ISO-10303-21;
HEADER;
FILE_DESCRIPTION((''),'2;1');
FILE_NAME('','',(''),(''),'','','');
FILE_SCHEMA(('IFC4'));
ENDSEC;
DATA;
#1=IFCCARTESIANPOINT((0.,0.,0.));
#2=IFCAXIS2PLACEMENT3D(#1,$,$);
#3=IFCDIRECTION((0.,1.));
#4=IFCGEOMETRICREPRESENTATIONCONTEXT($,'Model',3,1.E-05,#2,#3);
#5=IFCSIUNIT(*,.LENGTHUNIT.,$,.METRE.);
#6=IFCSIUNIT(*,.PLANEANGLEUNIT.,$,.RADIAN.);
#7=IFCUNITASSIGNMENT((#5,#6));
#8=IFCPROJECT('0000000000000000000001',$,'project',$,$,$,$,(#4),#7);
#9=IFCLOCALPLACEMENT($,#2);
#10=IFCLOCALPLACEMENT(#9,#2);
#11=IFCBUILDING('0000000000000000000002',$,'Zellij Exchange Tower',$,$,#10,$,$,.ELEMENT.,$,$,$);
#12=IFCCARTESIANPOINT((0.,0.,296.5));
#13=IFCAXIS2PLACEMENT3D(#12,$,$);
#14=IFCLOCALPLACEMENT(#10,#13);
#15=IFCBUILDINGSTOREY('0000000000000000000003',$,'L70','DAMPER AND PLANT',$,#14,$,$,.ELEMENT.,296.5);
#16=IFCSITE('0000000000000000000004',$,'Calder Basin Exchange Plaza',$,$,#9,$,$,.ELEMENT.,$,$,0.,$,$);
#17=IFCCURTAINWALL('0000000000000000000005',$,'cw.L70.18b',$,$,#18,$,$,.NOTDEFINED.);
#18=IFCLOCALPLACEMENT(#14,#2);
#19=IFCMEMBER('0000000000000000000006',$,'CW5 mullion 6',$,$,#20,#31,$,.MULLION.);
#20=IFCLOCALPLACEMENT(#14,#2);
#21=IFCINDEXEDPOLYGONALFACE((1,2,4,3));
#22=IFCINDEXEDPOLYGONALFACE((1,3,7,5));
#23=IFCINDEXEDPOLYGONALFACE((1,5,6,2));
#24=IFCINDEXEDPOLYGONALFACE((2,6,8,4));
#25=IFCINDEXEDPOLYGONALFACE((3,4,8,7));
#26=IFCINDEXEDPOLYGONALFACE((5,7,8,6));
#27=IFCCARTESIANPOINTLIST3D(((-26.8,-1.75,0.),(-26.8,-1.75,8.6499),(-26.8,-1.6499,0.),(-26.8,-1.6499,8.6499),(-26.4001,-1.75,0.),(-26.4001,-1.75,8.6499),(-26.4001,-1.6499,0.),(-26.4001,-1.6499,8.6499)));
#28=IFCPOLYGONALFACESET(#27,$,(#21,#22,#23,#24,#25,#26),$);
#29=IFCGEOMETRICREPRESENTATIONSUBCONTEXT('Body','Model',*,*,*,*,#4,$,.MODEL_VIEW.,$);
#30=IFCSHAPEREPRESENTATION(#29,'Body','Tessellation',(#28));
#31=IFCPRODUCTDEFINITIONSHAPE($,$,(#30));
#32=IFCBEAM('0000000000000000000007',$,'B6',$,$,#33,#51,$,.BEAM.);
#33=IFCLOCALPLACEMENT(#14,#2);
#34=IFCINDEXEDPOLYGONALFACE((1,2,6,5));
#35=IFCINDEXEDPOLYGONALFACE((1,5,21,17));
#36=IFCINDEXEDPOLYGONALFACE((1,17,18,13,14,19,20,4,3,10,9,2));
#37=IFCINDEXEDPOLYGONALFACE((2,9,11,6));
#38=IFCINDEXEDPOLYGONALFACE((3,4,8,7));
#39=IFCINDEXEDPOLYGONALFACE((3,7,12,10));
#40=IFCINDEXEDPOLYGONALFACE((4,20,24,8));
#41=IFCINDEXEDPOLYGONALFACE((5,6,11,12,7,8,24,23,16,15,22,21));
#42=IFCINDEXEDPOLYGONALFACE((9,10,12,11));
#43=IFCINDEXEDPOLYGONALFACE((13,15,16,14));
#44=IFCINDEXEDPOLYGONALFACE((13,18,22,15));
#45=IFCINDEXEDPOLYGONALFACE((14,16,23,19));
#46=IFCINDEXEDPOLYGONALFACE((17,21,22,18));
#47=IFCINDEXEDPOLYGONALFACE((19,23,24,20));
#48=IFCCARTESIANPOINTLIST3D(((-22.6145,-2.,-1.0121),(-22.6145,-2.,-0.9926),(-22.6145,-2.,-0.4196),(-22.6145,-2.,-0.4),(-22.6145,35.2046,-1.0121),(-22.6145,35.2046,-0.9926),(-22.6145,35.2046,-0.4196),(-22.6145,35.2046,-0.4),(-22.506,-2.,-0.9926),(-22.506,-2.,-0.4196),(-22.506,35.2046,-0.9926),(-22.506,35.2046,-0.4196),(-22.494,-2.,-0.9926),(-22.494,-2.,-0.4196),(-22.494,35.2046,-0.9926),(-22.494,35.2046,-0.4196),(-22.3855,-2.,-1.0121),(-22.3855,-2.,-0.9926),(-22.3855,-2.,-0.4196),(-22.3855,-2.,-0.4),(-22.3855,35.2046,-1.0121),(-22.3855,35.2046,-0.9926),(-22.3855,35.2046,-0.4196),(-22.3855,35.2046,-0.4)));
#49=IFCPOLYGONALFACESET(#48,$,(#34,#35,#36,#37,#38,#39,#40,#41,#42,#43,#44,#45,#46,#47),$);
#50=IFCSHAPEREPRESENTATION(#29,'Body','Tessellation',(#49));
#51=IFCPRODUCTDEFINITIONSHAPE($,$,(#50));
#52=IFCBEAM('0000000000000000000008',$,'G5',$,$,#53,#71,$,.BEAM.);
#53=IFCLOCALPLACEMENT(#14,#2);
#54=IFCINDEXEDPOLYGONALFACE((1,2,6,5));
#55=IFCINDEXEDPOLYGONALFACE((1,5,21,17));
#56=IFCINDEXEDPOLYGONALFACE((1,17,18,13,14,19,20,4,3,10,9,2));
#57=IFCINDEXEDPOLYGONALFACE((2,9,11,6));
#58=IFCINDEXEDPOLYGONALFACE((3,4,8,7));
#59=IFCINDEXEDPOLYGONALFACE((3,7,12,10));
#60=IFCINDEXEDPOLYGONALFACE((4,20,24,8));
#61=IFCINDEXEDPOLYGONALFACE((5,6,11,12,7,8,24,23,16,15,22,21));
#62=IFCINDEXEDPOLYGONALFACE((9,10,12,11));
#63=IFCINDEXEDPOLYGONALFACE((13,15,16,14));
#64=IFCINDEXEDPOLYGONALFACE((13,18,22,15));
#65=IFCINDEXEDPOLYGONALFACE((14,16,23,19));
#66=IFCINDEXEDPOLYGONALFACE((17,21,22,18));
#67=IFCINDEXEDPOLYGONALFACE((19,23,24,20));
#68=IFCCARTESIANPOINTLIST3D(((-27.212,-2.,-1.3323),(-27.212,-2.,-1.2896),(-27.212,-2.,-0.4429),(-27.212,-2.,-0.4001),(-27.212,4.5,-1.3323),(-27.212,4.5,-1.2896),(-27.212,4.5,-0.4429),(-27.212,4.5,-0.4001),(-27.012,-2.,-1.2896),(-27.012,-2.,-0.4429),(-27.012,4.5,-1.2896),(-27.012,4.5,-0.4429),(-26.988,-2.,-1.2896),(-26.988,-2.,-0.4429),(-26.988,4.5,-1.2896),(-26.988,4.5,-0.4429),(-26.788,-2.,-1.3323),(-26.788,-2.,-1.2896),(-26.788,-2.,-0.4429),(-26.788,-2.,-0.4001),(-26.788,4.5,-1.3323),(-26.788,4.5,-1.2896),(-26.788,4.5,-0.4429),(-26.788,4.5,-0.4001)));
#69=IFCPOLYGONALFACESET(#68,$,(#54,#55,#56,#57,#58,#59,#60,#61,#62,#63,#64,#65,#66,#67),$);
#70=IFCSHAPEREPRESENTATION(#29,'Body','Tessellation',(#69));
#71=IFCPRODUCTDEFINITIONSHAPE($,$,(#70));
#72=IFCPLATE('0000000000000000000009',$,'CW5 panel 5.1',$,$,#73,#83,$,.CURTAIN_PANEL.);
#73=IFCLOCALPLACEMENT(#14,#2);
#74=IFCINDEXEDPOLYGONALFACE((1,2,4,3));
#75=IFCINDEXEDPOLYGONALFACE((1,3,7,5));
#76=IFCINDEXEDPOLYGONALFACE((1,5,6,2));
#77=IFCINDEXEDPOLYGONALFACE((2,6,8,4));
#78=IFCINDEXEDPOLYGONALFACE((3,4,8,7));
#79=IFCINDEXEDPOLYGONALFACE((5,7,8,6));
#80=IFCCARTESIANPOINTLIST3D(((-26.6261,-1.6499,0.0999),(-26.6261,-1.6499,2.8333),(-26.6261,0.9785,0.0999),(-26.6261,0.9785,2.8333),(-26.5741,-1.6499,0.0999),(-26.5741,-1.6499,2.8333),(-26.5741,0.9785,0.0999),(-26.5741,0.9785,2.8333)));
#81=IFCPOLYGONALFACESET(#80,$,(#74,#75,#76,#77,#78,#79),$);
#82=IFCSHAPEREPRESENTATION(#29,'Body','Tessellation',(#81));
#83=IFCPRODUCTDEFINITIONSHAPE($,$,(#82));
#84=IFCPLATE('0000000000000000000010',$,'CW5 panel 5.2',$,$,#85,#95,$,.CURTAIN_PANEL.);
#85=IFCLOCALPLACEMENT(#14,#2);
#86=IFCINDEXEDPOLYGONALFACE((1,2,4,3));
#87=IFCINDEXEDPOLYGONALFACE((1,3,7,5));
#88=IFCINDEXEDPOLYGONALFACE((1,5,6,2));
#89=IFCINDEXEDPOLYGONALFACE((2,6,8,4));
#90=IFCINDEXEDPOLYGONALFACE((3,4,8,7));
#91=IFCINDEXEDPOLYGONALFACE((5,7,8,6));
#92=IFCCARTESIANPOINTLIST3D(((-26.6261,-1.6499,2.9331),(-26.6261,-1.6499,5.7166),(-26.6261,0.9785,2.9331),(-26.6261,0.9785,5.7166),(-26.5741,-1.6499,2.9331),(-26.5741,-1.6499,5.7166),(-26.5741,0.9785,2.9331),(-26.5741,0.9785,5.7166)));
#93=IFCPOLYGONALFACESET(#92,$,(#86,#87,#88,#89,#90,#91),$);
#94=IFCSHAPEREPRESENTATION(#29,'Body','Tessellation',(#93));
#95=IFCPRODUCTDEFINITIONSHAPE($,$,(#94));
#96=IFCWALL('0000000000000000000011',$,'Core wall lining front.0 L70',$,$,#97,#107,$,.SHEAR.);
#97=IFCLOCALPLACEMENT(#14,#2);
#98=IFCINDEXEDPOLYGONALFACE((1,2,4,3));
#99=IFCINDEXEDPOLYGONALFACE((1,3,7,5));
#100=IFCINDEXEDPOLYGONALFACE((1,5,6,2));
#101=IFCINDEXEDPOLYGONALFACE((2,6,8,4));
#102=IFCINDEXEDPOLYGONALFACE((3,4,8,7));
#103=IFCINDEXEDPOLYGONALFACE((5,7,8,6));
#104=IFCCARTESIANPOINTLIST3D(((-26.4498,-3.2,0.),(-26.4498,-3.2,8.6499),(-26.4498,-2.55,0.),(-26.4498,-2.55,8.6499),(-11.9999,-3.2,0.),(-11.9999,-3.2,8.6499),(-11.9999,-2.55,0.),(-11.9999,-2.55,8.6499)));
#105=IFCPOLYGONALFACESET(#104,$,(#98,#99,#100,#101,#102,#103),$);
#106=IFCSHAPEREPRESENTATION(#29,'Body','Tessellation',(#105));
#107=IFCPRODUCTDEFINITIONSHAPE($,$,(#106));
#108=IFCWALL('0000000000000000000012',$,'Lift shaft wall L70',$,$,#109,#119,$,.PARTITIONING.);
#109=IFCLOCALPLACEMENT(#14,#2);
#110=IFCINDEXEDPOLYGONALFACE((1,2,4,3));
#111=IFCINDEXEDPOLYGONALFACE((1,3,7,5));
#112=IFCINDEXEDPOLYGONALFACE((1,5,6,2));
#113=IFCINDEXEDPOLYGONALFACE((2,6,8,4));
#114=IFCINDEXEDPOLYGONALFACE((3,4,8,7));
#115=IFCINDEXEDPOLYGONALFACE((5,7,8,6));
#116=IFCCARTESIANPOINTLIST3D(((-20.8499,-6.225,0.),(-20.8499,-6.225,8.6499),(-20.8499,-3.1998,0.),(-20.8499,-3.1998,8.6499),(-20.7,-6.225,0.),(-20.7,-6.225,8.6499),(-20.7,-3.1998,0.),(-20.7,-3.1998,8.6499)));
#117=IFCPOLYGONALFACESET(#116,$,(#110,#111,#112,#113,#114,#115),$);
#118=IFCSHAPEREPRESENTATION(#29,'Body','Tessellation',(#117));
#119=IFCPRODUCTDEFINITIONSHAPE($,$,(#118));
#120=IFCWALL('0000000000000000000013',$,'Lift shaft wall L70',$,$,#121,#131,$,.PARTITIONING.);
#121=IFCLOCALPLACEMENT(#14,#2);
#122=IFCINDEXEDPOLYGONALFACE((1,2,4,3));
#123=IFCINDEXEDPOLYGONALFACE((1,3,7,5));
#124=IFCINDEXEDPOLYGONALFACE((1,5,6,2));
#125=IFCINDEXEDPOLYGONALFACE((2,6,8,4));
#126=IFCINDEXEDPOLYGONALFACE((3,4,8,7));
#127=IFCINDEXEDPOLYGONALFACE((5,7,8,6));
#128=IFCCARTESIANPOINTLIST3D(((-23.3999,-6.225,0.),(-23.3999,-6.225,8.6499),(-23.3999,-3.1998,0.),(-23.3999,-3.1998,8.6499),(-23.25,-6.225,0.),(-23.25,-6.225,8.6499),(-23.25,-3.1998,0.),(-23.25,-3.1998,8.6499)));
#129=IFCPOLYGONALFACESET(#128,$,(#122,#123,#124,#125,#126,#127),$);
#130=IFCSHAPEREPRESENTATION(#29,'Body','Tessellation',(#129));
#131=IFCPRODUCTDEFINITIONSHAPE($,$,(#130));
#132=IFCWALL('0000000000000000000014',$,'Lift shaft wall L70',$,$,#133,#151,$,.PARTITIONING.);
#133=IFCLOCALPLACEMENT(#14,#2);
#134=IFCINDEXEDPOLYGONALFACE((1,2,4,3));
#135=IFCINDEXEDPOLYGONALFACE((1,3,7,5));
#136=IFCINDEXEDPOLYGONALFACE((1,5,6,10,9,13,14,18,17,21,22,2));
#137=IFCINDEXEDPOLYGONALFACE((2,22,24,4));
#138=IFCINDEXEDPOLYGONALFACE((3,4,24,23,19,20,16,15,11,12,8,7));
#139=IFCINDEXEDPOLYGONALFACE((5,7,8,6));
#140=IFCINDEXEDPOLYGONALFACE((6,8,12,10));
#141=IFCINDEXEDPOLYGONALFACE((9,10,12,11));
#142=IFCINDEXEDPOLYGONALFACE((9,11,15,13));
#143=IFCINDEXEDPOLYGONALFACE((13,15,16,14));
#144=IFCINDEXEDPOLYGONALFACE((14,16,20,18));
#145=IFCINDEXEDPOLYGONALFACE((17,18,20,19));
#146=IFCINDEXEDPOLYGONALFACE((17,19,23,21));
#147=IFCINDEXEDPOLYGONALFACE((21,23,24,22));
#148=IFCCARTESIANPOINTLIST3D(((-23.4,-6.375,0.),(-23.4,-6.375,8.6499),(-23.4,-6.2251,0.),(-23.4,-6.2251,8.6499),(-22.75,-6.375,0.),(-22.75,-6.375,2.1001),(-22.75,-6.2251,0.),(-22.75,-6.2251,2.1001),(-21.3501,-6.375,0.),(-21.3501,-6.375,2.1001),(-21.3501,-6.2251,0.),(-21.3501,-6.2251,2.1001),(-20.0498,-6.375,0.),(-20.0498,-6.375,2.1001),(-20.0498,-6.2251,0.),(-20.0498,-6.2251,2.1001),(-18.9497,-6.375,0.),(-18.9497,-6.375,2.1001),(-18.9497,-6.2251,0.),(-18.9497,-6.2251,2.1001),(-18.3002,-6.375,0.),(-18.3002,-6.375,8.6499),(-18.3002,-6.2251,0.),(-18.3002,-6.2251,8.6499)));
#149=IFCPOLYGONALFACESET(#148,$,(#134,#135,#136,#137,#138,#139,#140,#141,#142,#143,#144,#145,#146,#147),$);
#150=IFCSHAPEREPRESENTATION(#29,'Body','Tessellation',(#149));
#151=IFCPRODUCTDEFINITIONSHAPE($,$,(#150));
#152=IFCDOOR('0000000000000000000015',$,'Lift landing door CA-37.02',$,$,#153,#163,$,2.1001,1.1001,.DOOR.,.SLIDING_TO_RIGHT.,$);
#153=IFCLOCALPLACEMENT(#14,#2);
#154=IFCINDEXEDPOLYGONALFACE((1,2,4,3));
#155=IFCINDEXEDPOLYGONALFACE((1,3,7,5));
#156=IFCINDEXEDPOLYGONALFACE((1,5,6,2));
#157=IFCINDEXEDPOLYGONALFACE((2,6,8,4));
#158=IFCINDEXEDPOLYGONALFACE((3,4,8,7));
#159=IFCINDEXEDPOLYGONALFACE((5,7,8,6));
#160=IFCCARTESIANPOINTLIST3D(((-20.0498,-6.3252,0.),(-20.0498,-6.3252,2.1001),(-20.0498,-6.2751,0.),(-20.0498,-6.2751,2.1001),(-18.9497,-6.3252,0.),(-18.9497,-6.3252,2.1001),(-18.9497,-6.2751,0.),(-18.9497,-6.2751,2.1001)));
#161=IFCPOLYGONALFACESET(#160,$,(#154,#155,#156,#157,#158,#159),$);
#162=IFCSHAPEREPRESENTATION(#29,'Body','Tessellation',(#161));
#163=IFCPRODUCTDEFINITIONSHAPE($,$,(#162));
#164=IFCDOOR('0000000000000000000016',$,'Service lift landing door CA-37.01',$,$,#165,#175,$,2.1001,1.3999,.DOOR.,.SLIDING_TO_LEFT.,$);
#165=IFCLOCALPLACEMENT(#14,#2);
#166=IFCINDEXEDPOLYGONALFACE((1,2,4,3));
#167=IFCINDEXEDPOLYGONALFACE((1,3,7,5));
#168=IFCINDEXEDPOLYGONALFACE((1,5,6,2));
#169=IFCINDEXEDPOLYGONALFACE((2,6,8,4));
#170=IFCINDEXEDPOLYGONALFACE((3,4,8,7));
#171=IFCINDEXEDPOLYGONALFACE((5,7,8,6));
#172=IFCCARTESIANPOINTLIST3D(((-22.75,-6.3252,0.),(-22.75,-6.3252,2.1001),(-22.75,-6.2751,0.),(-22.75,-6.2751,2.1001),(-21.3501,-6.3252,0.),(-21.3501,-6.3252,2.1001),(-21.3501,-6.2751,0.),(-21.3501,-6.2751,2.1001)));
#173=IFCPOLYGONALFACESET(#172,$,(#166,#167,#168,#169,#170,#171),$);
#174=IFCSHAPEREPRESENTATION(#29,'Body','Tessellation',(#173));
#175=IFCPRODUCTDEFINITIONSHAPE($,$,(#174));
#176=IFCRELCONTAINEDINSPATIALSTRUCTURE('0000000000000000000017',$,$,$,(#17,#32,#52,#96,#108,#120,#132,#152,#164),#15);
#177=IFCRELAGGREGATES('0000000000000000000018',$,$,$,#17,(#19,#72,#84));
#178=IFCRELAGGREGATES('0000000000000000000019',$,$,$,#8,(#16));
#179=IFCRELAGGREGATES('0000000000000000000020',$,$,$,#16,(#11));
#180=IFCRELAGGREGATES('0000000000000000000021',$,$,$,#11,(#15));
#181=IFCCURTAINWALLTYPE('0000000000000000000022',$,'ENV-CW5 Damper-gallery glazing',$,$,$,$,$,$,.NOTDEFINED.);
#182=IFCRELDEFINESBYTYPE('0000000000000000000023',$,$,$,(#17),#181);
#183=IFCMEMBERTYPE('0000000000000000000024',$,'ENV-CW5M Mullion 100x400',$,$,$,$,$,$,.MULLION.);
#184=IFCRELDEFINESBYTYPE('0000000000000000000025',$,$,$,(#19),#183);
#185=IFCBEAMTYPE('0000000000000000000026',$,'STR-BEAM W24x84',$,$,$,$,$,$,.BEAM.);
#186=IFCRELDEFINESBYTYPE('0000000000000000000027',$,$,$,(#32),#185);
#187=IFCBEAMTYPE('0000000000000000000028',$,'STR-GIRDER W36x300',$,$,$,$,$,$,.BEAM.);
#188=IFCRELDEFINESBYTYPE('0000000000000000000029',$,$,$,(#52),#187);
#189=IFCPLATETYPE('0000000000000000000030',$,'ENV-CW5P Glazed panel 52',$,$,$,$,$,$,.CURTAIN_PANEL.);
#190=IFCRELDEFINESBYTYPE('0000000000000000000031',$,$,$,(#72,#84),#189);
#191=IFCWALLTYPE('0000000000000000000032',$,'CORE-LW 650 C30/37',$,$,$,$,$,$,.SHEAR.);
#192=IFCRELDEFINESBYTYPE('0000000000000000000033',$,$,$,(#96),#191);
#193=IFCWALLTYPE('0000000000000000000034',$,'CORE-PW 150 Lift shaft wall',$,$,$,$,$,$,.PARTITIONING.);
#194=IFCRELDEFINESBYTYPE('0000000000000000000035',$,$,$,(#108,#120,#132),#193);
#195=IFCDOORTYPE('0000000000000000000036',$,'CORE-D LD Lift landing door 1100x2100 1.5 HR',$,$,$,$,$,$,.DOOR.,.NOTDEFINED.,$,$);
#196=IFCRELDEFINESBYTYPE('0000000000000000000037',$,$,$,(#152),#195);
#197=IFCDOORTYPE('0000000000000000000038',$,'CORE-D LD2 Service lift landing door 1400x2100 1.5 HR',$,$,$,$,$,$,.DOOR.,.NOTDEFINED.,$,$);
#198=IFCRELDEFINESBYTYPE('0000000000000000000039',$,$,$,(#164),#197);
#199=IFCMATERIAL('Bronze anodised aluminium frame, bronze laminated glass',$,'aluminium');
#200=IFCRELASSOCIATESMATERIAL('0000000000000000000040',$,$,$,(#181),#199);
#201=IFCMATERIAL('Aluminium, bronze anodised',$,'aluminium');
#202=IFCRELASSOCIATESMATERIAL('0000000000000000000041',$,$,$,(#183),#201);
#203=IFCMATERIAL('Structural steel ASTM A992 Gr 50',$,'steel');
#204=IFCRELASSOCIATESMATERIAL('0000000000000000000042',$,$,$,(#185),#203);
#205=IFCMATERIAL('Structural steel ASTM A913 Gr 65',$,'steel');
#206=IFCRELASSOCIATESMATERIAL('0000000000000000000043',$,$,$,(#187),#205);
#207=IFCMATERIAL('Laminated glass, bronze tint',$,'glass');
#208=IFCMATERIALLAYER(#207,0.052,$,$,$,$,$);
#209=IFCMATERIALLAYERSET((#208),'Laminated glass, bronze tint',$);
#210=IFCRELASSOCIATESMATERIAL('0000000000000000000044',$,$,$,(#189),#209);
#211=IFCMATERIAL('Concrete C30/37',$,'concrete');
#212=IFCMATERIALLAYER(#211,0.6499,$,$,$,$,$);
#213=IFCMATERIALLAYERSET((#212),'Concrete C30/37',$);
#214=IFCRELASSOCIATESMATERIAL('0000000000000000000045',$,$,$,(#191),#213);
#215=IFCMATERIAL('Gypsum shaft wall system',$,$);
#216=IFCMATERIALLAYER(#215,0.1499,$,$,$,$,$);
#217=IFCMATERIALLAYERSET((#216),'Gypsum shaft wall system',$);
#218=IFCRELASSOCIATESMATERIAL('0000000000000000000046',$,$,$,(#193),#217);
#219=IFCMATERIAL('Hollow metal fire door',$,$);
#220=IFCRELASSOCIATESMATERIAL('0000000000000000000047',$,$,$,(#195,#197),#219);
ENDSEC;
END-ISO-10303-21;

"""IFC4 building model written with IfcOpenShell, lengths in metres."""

from ifc_helpers import new_model, si_unit, direction, frame, frame_2d, origin, origin_2d, place, context, subcontext, project, spatial, rectangle, i_section, extrude, material, layer, layer_set, material_profile, profile_set, type_object, element, fill, aggregate, save


model = new_model("IFC4")

# Units and contexts
model_context = context("Model", 3, precision=1e-05, world=origin(), true_north=direction((0.0, 1.0)))
body_context = subcontext(model_context, "Body", "Model", "MODEL_VIEW")
ifc_project = project(units=[si_unit("LENGTHUNIT", "METRE"), si_unit("PLANEANGLEUNIT", "RADIAN")], contexts=[model_context])

# Site, building, storey
site_placement = place(None, origin())
site = spatial("IfcSite", under=ifc_project, at=site_placement, Name="Calder Basin Exchange Plaza", CompositionType="ELEMENT", RefElevation=0.0)
building_placement = place(site_placement, origin())
building = spatial("IfcBuilding", under=site, at=building_placement, Name="Zellij Exchange Tower", CompositionType="ELEMENT")
storey_placement = place(building_placement, frame((0.0, 0.0, 296.5)))
storey = spatial("IfcBuildingStorey", under=building, at=storey_placement, Name="L70", Description="DAMPER AND PLANT", CompositionType="ELEMENT", Elevation=296.5)

# Curtain wall, member
ifc_material_1 = material(Name="Bronze anodised aluminium frame, bronze laminated glass", Category="aluminium")
curtain_wall_type = type_object("IfcCurtainWallType", Name="ENV-CW5 Damper-gallery glazing", PredefinedType="NOTDEFINED", material=ifc_material_1)
curtain_wall_placement = place(storey_placement, origin())
curtain_wall = element("IfcCurtainWall", 1, at=curtain_wall_placement, inside=storey, type_object=curtain_wall_type, Name="cw.L70.18b", PredefinedType="NOTDEFINED")
ifc_material_2 = material(Name="Aluminium, bronze anodised", Category="aluminium")
ifc_material_profile_1 = material_profile(ifc_material_2, rectangle(XDim=0.1001, YDim=0.3999, at=origin_2d()), Name="AL 100x400")
ifc_profile_set_1 = profile_set([ifc_material_profile_1], Name="Aluminium, bronze anodised")
member_type = type_object("IfcMemberType", Name="ENV-CW5M Mullion 100x400", PredefinedType="MULLION", material=ifc_profile_set_1)
member_placement = place(storey_placement, frame((-26.6001, -1.7, 0.0), z_axis=(0.0, 0.0, 1.0), x_axis=(0.0, -1.0, 0.0)))
member = element("IfcMember", 2, at=member_placement, type_object=member_type, Name="CW5 mullion 6", PredefinedType="MULLION", context=body_context, shape_type="SweptSolid", body=[
    extrude(rectangle(XDim=0.1001, YDim=0.3999, at=origin_2d()), origin(), (0.0, 0.0, 1.0), 8.6499),
])

# Beams
ifc_material_3 = material(Name="Structural steel ASTM A992 Gr 50", Category="steel")
ifc_material_profile_2 = material_profile(ifc_material_3, i_section(OverallWidth=0.229, OverallDepth=0.6121, WebThickness=0.012, FlangeThickness=0.0195, at=origin_2d()), Name="W24x84")
ifc_profile_set_2 = profile_set([ifc_material_profile_2], Name="Structural steel ASTM A992 Gr 50")
beam_type_1 = type_object("IfcBeamType", Name="STR-BEAM W24x84", PredefinedType="BEAM", material=ifc_profile_set_2)
beam_1_placement = place(storey_placement, frame((-22.5, -2.0, -0.7061), z_axis=(0.0, 1.0, 0.0), x_axis=(-1.0, 0.0, 0.0)))
element("IfcBeam", 3, at=beam_1_placement, inside=storey, type_object=beam_type_1, Name="B6", PredefinedType="BEAM", context=body_context, shape_type="SweptSolid", body=[
    extrude(i_section(OverallWidth=0.229, OverallDepth=0.6121, WebThickness=0.012, FlangeThickness=0.0195, at=origin_2d()), origin(), (0.0, 0.0, 1.0), 37.2046),
])
ifc_material_4 = material(Name="Structural steel ASTM A913 Gr 65", Category="steel")
ifc_material_profile_3 = material_profile(ifc_material_4, i_section(OverallWidth=0.4241, OverallDepth=0.9321, WebThickness=0.0239, FlangeThickness=0.0427, at=origin_2d()), Name="W36x300")
ifc_profile_set_3 = profile_set([ifc_material_profile_3], Name="Structural steel ASTM A913 Gr 65")
beam_type_2 = type_object("IfcBeamType", Name="STR-GIRDER W36x300", PredefinedType="BEAM", material=ifc_profile_set_3)
beam_2_placement = place(storey_placement, frame((-27.0, -2.0, -0.8662), z_axis=(0.0, 1.0, 0.0), x_axis=(-1.0, 0.0, 0.0)))
element("IfcBeam", 4, at=beam_2_placement, inside=storey, type_object=beam_type_2, Name="G5", PredefinedType="BEAM", context=body_context, shape_type="SweptSolid", body=[
    extrude(i_section(OverallWidth=0.4241, OverallDepth=0.9321, WebThickness=0.0239, FlangeThickness=0.0427, at=origin_2d()), origin(), (0.0, 0.0, 1.0), 6.5),
])

# Plates
ifc_material_5 = material(Name="Laminated glass, bronze tint", Category="glass")
ifc_layer_1 = layer(ifc_material_5, 0.052)
ifc_layer_set_1 = layer_set([ifc_layer_1], Name="Laminated glass, bronze tint")
plate_type = type_object("IfcPlateType", Name="ENV-CW5P Glazed panel 52", PredefinedType="CURTAIN_PANEL", material=ifc_layer_set_1)
plate_1_placement = place(storey_placement, frame((-26.6001, -0.3357, 0.0999), z_axis=(0.0, 0.0, 1.0), x_axis=(0.0, -1.0, 0.0)))
plate_1 = element("IfcPlate", 5, at=plate_1_placement, type_object=plate_type, Name="CW5 panel 5.1", PredefinedType="CURTAIN_PANEL", context=body_context, shape_type="SweptSolid", body=[
    extrude(rectangle(XDim=2.6284, YDim=0.052, at=origin_2d()), origin(), (0.0, 0.0, 1.0), 2.7334),
])
plate_2_placement = place(storey_placement, frame((-26.6001, -0.3357, 2.9331), z_axis=(0.0, 0.0, 1.0), x_axis=(0.0, -1.0, 0.0)))
plate_2 = element("IfcPlate", 6, at=plate_2_placement, type_object=plate_type, Name="CW5 panel 5.2", PredefinedType="CURTAIN_PANEL", context=body_context, shape_type="SweptSolid", body=[
    extrude(rectangle(XDim=2.6284, YDim=0.052, at=origin_2d()), origin(), (0.0, 0.0, 1.0), 2.7834),
])
aggregate(curtain_wall, [member, plate_1, plate_2])

# Walls
ifc_material_6 = material(Name="Concrete C30/37", Category="concrete")
ifc_layer_2 = layer(ifc_material_6, 0.6499)
ifc_layer_set_2 = layer_set([ifc_layer_2], Name="Concrete C30/37")
wall_type_1 = type_object("IfcWallType", Name="CORE-LW 650 C30/37", PredefinedType="SHEAR", material=ifc_layer_set_2)
wall_1_placement = place(storey_placement, frame((-26.45, -2.875, 0.0), z_axis=(0.0, 0.0, 1.0), x_axis=(1.0, 0.0, 0.0)))
element("IfcWall", 7, at=wall_1_placement, inside=storey, type_object=wall_type_1, Name="Core wall lining front.0 L70", PredefinedType="SHEAR", context=body_context, shape_type="SweptSolid", body=[
    extrude(rectangle(XDim=14.45, YDim=0.6499, at=frame_2d((7.2251, 0.0))), origin(), (0.0, 0.0, 1.0), 8.6499),
])
ifc_material_7 = material(Name="Gypsum shaft wall system")
ifc_layer_3 = layer(ifc_material_7, 0.1499)
ifc_layer_set_3 = layer_set([ifc_layer_3], Name="Gypsum shaft wall system")
wall_type_2 = type_object("IfcWallType", Name="CORE-PW 150 Lift shaft wall", PredefinedType="PARTITIONING", material=ifc_layer_set_3)
for number, where, z_axis, x_axis, name in (
    (8, (-20.7749, -6.2251, 0.0), (0.0, 0.0, 1.0), (0.0, 1.0, 0.0), "Lift shaft wall L70"),
    (9, (-23.325, -6.2251, 0.0), (0.0, 0.0, 1.0), (0.0, 1.0, 0.0), "Lift shaft wall L70"),
):
    element("IfcWall", number, at=place(storey_placement, frame(where, z_axis=z_axis, x_axis=x_axis)), inside=storey, type_object=wall_type_2, Name=name, PredefinedType="PARTITIONING", context=body_context, shape_type="SweptSolid", body=[
        extrude(rectangle(XDim=3.0251, YDim=0.1499, at=frame_2d((1.5127, 0.0))), origin(), (0.0, 0.0, 1.0), 8.6499),
    ])

# Wall, openings, doors
wall_2_placement = place(storey_placement, frame((-23.3999, -6.3, 0.0), z_axis=(0.0, 0.0, 1.0), x_axis=(1.0, 0.0, 0.0)))
wall_2 = element("IfcWall", 10, at=wall_2_placement, inside=storey, type_object=wall_type_2, Name="Lift shaft wall L70", PredefinedType="PARTITIONING", context=body_context, shape_type="SweptSolid", body=[
    extrude(rectangle(XDim=5.0999, YDim=0.1499, at=frame_2d((2.5498, 0.0))), origin(), (0.0, 0.0, 1.0), 8.6499),
])
opening_1_placement = place(wall_2_placement, frame((0.6499, 0.0, 0.0)))
opening_1 = element("IfcOpeningElement", 11, at=opening_1_placement, cuts=wall_2, PredefinedType="OPENING", context=body_context, shape_type="SweptSolid", body=[
    extrude(rectangle(XDim=1.3999, YDim=2.1001, at=frame_2d((0.7, 1.05))), frame((0.0, 0.0869, 0.0), z_axis=(0.0, -1.0, 0.0), x_axis=(1.0, 0.0, 0.0)), (0.0, 0.0, 1.0), 0.1738),
])
opening_2_placement = place(wall_2_placement, frame((3.3501, 0.0, 0.0)))
opening_2 = element("IfcOpeningElement", 12, at=opening_2_placement, cuts=wall_2, PredefinedType="OPENING", context=body_context, shape_type="SweptSolid", body=[
    extrude(rectangle(XDim=1.1001, YDim=2.1001, at=frame_2d((0.55, 1.05))), frame((0.0, 0.0869, 0.0), z_axis=(0.0, -1.0, 0.0), x_axis=(1.0, 0.0, 0.0)), (0.0, 0.0, 1.0), 0.1738),
])
ifc_material_8 = material(Name="Hollow metal fire door")
door_type_1 = type_object("IfcDoorType", Name="CORE-D LD Lift landing door 1100x2100 1.5 HR", OperationType="NOTDEFINED", PredefinedType="DOOR", material=ifc_material_8)
door_1_placement = place(opening_2_placement, origin())
door_1 = element("IfcDoor", 13, at=door_1_placement, inside=storey, type_object=door_type_1, Name="Lift landing door CA-37.02", OperationType="SLIDING_TO_RIGHT", OverallHeight=2.1001, OverallWidth=1.1001, PredefinedType="DOOR", context=body_context, shape_type="SweptSolid", body=[
    extrude(rectangle(XDim=1.1001, YDim=2.1001, at=frame_2d((0.55, 1.05))), frame((0.0, 0.0249, 0.0), z_axis=(0.0, -1.0, 0.0), x_axis=(1.0, 0.0, 0.0)), (0.0, 0.0, 1.0), 0.05),
])
fill(opening_2, door_1)
door_type_2 = type_object("IfcDoorType", Name="CORE-D LD2 Service lift landing door 1400x2100 1.5 HR", OperationType="NOTDEFINED", PredefinedType="DOOR", material=ifc_material_8)
door_2_placement = place(opening_1_placement, origin())
door_2 = element("IfcDoor", 14, at=door_2_placement, inside=storey, type_object=door_type_2, Name="Service lift landing door CA-37.01", OperationType="SLIDING_TO_LEFT", OverallHeight=2.1001, OverallWidth=1.3999, PredefinedType="DOOR", context=body_context, shape_type="SweptSolid", body=[
    extrude(rectangle(XDim=1.3999, YDim=2.1001, at=frame_2d((0.7, 1.05))), frame((0.0, 0.0249, 0.0), z_axis=(0.0, -1.0, 0.0), x_axis=(1.0, 0.0, 0.0)), (0.0, 0.0, 1.0), 0.05),
])
fill(opening_1, door_2)

save(model, "model.ifc")
